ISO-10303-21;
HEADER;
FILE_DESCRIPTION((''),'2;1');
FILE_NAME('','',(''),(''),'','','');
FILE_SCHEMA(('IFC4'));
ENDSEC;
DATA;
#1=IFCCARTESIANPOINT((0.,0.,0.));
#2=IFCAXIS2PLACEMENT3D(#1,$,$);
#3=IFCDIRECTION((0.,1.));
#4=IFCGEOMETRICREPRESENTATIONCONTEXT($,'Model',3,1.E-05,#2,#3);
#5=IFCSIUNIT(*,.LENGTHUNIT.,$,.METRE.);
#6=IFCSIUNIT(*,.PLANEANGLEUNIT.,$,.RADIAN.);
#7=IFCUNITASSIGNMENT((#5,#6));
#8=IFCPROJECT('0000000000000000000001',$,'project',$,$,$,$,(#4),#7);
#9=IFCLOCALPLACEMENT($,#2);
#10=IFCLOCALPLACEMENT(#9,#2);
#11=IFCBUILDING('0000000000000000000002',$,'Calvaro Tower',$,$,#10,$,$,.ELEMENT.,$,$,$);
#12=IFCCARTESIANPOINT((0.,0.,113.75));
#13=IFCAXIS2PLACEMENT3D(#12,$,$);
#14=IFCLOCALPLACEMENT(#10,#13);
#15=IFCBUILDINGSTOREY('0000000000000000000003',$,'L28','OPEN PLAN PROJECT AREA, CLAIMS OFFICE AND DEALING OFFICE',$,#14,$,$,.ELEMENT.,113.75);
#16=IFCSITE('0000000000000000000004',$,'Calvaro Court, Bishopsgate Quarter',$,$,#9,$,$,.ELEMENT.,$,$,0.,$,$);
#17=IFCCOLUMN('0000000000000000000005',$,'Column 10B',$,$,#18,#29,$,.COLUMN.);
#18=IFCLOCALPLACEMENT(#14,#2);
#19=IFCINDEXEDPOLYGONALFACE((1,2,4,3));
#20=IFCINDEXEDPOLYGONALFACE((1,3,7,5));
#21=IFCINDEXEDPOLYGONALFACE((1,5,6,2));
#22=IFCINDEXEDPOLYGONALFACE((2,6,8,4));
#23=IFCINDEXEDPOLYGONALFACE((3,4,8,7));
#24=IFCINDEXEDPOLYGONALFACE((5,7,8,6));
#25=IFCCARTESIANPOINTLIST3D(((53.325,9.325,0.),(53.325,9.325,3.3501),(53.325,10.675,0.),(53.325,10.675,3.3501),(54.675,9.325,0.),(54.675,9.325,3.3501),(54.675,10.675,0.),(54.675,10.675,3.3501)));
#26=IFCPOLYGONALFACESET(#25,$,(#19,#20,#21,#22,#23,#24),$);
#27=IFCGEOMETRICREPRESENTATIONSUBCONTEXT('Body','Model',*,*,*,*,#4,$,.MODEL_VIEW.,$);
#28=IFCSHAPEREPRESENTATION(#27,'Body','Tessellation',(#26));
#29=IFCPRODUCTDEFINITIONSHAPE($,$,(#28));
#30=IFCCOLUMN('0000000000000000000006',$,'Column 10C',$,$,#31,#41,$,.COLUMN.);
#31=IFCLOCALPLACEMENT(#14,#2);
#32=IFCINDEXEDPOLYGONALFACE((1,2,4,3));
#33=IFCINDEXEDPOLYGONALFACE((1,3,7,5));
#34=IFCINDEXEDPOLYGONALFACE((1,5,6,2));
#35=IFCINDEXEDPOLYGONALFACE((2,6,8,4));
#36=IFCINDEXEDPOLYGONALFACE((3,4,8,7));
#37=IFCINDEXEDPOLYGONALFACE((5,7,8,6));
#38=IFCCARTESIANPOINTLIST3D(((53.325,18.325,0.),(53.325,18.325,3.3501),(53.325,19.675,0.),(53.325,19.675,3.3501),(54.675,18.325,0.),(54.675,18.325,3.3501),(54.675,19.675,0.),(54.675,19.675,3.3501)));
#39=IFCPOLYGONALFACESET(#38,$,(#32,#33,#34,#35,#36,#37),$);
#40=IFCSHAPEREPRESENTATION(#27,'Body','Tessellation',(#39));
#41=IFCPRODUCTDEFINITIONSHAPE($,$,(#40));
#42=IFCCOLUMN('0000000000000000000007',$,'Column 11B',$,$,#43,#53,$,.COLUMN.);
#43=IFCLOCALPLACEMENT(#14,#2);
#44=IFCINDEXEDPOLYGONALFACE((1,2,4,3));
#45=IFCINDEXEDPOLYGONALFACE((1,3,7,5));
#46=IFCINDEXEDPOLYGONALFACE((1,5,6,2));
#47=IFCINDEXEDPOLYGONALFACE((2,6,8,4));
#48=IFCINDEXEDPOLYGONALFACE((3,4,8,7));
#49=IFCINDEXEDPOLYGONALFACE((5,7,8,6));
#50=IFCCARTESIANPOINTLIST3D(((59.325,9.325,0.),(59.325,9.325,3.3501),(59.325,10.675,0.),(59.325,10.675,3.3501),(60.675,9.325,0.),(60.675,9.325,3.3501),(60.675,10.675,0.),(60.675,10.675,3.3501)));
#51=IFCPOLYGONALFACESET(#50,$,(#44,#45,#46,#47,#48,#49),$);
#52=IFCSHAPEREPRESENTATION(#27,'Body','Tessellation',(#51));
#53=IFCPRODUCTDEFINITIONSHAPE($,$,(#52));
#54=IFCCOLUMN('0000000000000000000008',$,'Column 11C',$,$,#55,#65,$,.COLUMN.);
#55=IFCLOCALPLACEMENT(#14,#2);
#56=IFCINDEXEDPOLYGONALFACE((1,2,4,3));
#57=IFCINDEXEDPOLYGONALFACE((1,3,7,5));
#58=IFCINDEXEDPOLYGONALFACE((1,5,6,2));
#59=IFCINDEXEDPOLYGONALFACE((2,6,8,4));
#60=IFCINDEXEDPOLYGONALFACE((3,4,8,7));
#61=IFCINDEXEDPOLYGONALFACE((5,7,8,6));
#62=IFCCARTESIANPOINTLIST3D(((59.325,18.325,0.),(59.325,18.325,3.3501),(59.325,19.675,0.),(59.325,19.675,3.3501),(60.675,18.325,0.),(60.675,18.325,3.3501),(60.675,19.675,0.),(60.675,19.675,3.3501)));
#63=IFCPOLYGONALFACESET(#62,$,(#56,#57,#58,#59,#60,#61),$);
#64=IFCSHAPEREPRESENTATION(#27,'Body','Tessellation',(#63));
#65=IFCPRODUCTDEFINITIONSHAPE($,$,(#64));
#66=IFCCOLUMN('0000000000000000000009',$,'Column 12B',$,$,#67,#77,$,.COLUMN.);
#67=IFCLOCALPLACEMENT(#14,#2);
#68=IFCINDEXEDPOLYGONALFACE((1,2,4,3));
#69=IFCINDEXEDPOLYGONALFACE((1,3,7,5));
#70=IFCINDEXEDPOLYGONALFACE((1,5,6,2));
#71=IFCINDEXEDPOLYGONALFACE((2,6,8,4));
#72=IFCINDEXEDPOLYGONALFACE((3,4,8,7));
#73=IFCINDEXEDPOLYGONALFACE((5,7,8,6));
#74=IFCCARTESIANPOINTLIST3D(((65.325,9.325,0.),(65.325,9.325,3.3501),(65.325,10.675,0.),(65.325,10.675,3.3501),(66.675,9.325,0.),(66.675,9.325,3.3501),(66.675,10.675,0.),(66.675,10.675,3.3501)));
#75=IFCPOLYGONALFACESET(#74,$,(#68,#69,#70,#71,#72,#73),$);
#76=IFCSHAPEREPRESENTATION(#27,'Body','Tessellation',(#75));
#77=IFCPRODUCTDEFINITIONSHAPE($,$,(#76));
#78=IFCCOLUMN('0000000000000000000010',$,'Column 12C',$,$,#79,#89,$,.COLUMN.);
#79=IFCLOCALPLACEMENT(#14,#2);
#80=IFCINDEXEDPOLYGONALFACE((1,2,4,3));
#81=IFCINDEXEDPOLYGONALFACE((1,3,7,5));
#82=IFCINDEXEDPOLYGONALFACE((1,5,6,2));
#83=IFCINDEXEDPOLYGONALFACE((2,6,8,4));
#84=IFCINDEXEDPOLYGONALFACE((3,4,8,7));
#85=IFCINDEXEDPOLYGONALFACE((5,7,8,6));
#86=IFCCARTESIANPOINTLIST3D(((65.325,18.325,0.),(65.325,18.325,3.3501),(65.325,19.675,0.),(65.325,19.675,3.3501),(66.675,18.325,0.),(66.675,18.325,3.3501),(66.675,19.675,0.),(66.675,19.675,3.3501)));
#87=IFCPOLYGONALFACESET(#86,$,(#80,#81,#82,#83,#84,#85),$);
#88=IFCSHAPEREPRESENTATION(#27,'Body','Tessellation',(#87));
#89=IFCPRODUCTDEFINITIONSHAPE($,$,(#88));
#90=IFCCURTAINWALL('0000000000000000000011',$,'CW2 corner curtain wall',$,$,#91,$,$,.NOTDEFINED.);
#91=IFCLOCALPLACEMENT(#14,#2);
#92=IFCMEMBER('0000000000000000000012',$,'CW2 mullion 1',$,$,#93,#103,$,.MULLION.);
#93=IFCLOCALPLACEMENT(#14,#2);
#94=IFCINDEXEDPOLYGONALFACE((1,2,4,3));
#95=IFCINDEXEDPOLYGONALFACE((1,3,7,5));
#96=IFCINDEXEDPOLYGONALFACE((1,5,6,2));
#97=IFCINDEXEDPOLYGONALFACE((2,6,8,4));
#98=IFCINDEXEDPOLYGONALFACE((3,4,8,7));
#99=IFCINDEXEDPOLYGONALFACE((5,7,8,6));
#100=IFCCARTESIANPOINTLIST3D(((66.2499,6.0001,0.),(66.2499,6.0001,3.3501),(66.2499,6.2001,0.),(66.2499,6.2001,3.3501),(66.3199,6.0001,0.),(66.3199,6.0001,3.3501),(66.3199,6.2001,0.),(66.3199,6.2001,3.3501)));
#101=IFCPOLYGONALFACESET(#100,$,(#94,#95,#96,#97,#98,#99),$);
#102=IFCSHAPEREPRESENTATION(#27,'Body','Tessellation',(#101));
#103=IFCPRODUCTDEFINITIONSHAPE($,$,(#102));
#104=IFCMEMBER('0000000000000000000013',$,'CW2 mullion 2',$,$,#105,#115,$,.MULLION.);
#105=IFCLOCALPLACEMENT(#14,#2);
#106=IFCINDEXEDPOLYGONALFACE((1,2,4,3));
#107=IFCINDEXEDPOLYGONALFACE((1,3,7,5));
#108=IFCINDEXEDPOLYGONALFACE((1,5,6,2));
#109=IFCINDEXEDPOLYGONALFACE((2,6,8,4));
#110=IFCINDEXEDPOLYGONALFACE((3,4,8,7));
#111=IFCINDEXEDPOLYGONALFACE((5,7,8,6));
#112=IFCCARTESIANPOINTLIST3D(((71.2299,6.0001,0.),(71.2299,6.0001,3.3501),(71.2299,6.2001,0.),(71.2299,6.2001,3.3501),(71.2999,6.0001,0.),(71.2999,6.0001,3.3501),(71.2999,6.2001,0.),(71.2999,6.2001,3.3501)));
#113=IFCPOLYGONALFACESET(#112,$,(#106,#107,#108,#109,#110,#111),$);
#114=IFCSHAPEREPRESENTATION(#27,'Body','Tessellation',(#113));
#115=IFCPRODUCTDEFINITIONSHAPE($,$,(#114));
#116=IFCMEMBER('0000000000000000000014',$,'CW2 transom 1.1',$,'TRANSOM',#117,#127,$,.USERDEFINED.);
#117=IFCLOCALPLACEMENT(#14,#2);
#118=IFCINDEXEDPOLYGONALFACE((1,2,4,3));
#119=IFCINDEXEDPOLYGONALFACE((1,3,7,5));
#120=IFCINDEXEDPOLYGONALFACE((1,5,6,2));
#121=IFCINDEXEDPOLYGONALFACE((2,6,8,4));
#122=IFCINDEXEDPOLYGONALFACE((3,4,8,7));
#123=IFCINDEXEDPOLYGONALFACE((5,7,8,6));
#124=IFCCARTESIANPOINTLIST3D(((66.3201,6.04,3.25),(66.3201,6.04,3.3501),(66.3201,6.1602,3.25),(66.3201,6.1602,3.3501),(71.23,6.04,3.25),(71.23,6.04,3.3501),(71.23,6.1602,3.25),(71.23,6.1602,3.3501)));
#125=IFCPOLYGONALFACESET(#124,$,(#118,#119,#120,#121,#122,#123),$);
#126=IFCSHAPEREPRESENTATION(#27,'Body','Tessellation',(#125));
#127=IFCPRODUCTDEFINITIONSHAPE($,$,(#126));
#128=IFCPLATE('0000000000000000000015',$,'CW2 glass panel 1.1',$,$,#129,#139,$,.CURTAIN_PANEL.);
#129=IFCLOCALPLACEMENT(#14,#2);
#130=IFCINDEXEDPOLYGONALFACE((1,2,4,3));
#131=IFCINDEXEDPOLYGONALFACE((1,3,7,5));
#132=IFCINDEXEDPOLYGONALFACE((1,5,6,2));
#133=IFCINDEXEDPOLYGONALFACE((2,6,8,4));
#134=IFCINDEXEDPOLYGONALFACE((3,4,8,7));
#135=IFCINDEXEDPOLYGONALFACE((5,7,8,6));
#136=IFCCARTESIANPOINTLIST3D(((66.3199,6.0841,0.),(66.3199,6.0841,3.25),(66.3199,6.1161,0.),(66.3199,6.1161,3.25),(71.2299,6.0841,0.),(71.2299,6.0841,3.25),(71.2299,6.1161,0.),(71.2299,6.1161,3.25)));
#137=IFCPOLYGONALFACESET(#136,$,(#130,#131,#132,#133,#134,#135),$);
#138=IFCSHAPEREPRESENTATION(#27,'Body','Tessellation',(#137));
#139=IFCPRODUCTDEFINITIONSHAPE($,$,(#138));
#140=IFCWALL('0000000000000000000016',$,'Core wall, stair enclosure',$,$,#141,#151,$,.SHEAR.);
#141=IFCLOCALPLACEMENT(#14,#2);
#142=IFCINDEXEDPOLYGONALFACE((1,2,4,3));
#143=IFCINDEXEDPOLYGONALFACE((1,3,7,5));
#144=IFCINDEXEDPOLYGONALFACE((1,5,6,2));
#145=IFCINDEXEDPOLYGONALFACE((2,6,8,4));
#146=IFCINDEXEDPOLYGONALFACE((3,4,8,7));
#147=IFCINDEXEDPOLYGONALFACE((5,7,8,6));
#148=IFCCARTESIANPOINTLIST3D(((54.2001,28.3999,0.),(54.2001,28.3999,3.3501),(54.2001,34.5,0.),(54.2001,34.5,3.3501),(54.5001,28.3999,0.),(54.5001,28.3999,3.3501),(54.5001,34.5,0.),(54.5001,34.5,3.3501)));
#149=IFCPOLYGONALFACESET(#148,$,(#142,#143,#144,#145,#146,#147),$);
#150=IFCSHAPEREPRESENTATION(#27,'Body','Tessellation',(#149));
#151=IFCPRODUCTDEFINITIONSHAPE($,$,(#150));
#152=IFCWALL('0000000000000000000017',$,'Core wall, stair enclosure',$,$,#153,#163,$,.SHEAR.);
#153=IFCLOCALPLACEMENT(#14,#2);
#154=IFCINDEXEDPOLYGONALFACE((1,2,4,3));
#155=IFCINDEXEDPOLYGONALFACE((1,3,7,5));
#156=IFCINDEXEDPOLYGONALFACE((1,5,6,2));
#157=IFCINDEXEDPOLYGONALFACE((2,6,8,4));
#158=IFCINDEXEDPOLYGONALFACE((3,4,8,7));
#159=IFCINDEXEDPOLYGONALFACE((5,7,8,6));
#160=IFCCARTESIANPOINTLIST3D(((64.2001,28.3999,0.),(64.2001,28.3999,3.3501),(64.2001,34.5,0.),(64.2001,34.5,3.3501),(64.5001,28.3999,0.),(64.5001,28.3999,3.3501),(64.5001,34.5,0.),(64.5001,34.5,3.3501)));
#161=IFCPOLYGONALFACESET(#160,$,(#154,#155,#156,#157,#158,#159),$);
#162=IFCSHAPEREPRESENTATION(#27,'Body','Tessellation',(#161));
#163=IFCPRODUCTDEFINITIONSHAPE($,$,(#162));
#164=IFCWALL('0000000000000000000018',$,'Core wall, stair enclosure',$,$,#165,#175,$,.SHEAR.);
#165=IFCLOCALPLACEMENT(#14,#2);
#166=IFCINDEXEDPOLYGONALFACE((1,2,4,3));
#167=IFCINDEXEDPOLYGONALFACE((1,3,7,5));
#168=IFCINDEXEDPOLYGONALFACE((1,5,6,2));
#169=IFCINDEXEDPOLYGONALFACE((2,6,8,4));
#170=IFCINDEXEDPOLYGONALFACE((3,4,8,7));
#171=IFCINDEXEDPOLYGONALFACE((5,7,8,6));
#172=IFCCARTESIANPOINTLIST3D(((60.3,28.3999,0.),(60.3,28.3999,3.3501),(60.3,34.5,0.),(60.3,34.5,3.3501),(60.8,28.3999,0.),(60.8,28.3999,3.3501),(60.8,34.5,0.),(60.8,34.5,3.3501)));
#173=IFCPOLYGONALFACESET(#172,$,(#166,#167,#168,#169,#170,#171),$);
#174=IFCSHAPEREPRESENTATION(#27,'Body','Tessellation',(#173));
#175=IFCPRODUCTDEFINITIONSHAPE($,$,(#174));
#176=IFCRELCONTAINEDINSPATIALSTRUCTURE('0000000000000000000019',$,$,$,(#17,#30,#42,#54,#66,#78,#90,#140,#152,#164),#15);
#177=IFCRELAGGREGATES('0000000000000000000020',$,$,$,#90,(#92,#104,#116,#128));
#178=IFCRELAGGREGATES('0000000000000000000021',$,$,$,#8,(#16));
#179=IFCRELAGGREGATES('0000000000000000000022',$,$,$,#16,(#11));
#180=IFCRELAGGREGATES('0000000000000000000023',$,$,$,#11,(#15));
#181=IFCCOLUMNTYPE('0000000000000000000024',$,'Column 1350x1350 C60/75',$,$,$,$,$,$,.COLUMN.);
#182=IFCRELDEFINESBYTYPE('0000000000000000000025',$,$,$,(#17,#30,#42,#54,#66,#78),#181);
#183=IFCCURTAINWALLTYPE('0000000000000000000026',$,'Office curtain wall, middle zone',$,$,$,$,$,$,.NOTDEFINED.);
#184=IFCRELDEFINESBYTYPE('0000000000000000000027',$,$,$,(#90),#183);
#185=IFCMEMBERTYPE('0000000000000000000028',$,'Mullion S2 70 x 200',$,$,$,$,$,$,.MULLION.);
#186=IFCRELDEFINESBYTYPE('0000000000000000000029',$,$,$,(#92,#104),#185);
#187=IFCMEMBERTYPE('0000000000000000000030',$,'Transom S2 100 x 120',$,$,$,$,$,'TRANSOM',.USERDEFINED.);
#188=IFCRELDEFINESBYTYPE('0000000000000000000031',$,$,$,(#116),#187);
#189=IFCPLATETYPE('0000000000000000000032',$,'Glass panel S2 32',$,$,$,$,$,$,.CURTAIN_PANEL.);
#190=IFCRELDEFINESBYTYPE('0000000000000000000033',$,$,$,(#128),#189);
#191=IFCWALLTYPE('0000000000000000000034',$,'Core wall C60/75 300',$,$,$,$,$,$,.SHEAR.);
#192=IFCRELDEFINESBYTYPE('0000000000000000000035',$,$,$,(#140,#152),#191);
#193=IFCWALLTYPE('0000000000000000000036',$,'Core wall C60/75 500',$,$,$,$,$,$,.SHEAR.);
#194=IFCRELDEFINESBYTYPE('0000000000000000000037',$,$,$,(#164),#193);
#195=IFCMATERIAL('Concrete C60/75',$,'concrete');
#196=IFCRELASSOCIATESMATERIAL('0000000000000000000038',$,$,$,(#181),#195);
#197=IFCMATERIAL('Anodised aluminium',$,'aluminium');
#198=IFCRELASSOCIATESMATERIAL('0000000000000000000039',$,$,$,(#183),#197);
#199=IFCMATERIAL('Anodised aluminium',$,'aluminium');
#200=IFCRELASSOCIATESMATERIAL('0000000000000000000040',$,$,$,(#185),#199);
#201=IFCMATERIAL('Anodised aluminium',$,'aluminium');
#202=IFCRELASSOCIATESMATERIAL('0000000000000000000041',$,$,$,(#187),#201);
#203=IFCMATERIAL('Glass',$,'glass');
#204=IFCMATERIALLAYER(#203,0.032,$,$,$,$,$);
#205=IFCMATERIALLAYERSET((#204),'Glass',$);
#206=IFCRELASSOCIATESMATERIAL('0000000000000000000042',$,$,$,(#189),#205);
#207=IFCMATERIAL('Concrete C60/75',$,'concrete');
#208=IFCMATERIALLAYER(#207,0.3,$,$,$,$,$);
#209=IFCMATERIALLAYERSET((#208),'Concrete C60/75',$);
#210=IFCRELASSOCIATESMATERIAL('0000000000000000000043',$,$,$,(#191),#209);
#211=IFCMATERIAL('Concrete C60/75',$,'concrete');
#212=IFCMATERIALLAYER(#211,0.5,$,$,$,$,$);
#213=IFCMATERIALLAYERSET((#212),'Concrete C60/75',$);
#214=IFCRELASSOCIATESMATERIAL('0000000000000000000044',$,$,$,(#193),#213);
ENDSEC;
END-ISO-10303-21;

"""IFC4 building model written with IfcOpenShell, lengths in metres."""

from ifc_helpers import new_model, si_unit, direction, frame, frame_2d, origin, origin_2d, place, context, subcontext, project, spatial, rectangle, extrude, material, layer, layer_set, material_profile, profile_set, type_object, element, aggregate, save


model = new_model("IFC4")

# Units and contexts
model_context = context("Model", 3, precision=1e-05, world=origin(), true_north=direction((0.0, 1.0)))
body_context = subcontext(model_context, "Body", "Model", "MODEL_VIEW")
ifc_project = project(units=[si_unit("LENGTHUNIT", "METRE"), si_unit("PLANEANGLEUNIT", "RADIAN")], contexts=[model_context])

# Site, building, storey
site_placement = place(None, origin())
site = spatial("IfcSite", under=ifc_project, at=site_placement, Name="Calvaro Court, Bishopsgate Quarter", CompositionType="ELEMENT", RefElevation=0.0)
building_placement = place(site_placement, origin())
building = spatial("IfcBuilding", under=site, at=building_placement, Name="Calvaro Tower", CompositionType="ELEMENT")
storey_placement = place(building_placement, frame((0.0, 0.0, 113.75)))
storey = spatial("IfcBuildingStorey", under=building, at=storey_placement, Name="L28", Description="OPEN PLAN PROJECT AREA, CLAIMS OFFICE AND DEALING OFFICE", CompositionType="ELEMENT", Elevation=113.75)

# Columns
ifc_material_1 = material(Name="Concrete C60/75", Category="concrete")
ifc_material_profile_1 = material_profile(ifc_material_1, rectangle(XDim=1.3501, YDim=1.3501, at=origin_2d()), Name="RC 1350x1350")
ifc_profile_set_1 = profile_set([ifc_material_profile_1], Name="Concrete C60/75")
column_type = type_object("IfcColumnType", Name="Column 1350x1350 C60/75", PredefinedType="COLUMN", material=ifc_profile_set_1)
for number, where, z_axis, x_axis, name in (
    (1, (54.0, 10.0, 0.0), (0.0, 0.0, 1.0), (1.0, 0.0, 0.0), "Column 10B"),
    (2, (54.0, 19.0, 0.0), (0.0, 0.0, 1.0), (1.0, 0.0, 0.0), "Column 10C"),
    (3, (60.0, 10.0, 0.0), (0.0, 0.0, 1.0), (1.0, 0.0, 0.0), "Column 11B"),
    (4, (60.0, 19.0, 0.0), (0.0, 0.0, 1.0), (1.0, 0.0, 0.0), "Column 11C"),
    (5, (66.0, 10.0, 0.0), (0.0, 0.0, 1.0), (1.0, 0.0, 0.0), "Column 12B"),
    (6, (66.0, 19.0, 0.0), (0.0, 0.0, 1.0), (1.0, 0.0, 0.0), "Column 12C"),
):
    element("IfcColumn", number, at=place(storey_placement, frame(where, z_axis=z_axis, x_axis=x_axis)), inside=storey, type_object=column_type, Name=name, PredefinedType="COLUMN", context=body_context, shape_type="SweptSolid", body=[
        extrude(rectangle(XDim=1.3501, YDim=1.3501, at=origin_2d()), origin(), (0.0, 0.0, 1.0), 3.3501),
    ])

# Curtain wall, members, plate
ifc_material_2 = material(Name="Anodised aluminium", Category="aluminium")
curtain_wall_type = type_object("IfcCurtainWallType", Name="Office curtain wall, middle zone", PredefinedType="NOTDEFINED", material=ifc_material_2)
curtain_wall_placement = place(storey_placement, origin())
curtain_wall = element("IfcCurtainWall", 7, at=curtain_wall_placement, inside=storey, type_object=curtain_wall_type, Name="CW2 corner curtain wall", PredefinedType="NOTDEFINED")
ifc_material_3 = material(Name="Anodised aluminium", Category="aluminium")
ifc_material_profile_2 = material_profile(ifc_material_3, rectangle(XDim=0.2, YDim=0.0701, at=origin_2d()), Name="Mullion S2 70 x 200")
ifc_profile_set_2 = profile_set([ifc_material_profile_2], Name="Anodised aluminium")
member_type_1 = type_object("IfcMemberType", Name="Mullion S2 70 x 200", PredefinedType="MULLION", material=ifc_profile_set_2)
member_1_placement = place(storey_placement, frame((66.2849, 6.1001, 0.0), z_axis=(0.0, 0.0, 1.0), x_axis=(0.0, 1.0, 0.0)))
member_1 = element("IfcMember", 8, at=member_1_placement, type_object=member_type_1, Name="CW2 mullion 1", PredefinedType="MULLION", context=body_context, shape_type="SweptSolid", body=[
    extrude(rectangle(XDim=0.2, YDim=0.0701, at=origin_2d()), origin(), (0.0, 0.0, 1.0), 3.3501),
])
member_2_placement = place(storey_placement, frame((71.2649, 6.1001, 0.0), z_axis=(0.0, 0.0, 1.0), x_axis=(0.0, 1.0, 0.0)))
member_2 = element("IfcMember", 9, at=member_2_placement, type_object=member_type_1, Name="CW2 mullion 2", PredefinedType="MULLION", context=body_context, shape_type="SweptSolid", body=[
    extrude(rectangle(XDim=0.2, YDim=0.0701, at=origin_2d()), origin(), (0.0, 0.0, 1.0), 3.3501),
])
ifc_material_4 = material(Name="Anodised aluminium", Category="aluminium")
ifc_material_profile_3 = material_profile(ifc_material_4, rectangle(XDim=0.1201, YDim=0.1001, at=origin_2d()), Name="Transom S2 100 x 120")
ifc_profile_set_3 = profile_set([ifc_material_profile_3], Name="Anodised aluminium")
member_type_2 = type_object("IfcMemberType", Name="Transom S2 100 x 120", ElementType="TRANSOM", PredefinedType="USERDEFINED", material=ifc_profile_set_3)
member_3_placement = place(storey_placement, frame((66.3201, 6.1001, 3.3), z_axis=(1.0, 0.0, 0.0), x_axis=(0.0, 1.0, 0.0)))
member_3 = element("IfcMember", 10, at=member_3_placement, type_object=member_type_2, Name="CW2 transom 1.1", ObjectType="TRANSOM", PredefinedType="USERDEFINED", context=body_context, shape_type="SweptSolid", body=[
    extrude(rectangle(XDim=0.1201, YDim=0.1001, at=origin_2d()), origin(), (0.0, 0.0, 1.0), 4.9099),
])
ifc_material_5 = material(Name="Glass", Category="glass")
ifc_layer_1 = layer(ifc_material_5, 0.032)
ifc_layer_set_1 = layer_set([ifc_layer_1], Name="Glass")
plate_type = type_object("IfcPlateType", Name="Glass panel S2 32", PredefinedType="CURTAIN_PANEL", material=ifc_layer_set_1)
plate_placement = place(storey_placement, frame((68.7749, 6.1001, 0.0), z_axis=(0.0, 0.0, 1.0), x_axis=(1.0, 0.0, 0.0)))
plate = element("IfcPlate", 11, at=plate_placement, type_object=plate_type, Name="CW2 glass panel 1.1", PredefinedType="CURTAIN_PANEL", context=body_context, shape_type="SweptSolid", body=[
    extrude(rectangle(XDim=4.9099, YDim=0.032, at=origin_2d()), origin(), (0.0, 0.0, 1.0), 3.25),
])
aggregate(curtain_wall, [member_1, member_2, member_3, plate])

# Walls
ifc_material_6 = material(Name="Concrete C60/75", Category="concrete")
ifc_layer_2 = layer(ifc_material_6, 0.3)
ifc_layer_set_2 = layer_set([ifc_layer_2], Name="Concrete C60/75")
wall_type_1 = type_object("IfcWallType", Name="Core wall C60/75 300", PredefinedType="SHEAR", material=ifc_layer_set_2)
for number, where, z_axis, x_axis, name in (
    (12, (54.3501, 28.3999, 0.0), (0.0, 0.0, 1.0), (0.0, 1.0, 0.0), "Core wall, stair enclosure"),
    (13, (64.3501, 28.3999, 0.0), (0.0, 0.0, 1.0), (0.0, 1.0, 0.0), "Core wall, stair enclosure"),
):
    element("IfcWall", number, at=place(storey_placement, frame(where, z_axis=z_axis, x_axis=x_axis)), inside=storey, type_object=wall_type_1, Name=name, PredefinedType="SHEAR", context=body_context, shape_type="SweptSolid", body=[
        extrude(rectangle(XDim=6.1001, YDim=0.3, at=frame_2d((3.05, 0.0))), origin(), (0.0, 0.0, 1.0), 3.3501),
    ])
ifc_material_7 = material(Name="Concrete C60/75", Category="concrete")
ifc_layer_3 = layer(ifc_material_7, 0.5)
ifc_layer_set_3 = layer_set([ifc_layer_3], Name="Concrete C60/75")
wall_type_2 = type_object("IfcWallType", Name="Core wall C60/75 500", PredefinedType="SHEAR", material=ifc_layer_set_3)
wall_1_placement = place(storey_placement, frame((60.55, 28.3999, 0.0), z_axis=(0.0, 0.0, 1.0), x_axis=(0.0, 1.0, 0.0)))
element("IfcWall", 14, at=wall_1_placement, inside=storey, type_object=wall_type_2, Name="Core wall, stair enclosure", PredefinedType="SHEAR", context=body_context, shape_type="SweptSolid", body=[
    extrude(rectangle(XDim=6.1001, YDim=0.5, at=frame_2d((3.05, 0.0))), origin(), (0.0, 0.0, 1.0), 3.3501),
])

save(model, "model.ifc")
